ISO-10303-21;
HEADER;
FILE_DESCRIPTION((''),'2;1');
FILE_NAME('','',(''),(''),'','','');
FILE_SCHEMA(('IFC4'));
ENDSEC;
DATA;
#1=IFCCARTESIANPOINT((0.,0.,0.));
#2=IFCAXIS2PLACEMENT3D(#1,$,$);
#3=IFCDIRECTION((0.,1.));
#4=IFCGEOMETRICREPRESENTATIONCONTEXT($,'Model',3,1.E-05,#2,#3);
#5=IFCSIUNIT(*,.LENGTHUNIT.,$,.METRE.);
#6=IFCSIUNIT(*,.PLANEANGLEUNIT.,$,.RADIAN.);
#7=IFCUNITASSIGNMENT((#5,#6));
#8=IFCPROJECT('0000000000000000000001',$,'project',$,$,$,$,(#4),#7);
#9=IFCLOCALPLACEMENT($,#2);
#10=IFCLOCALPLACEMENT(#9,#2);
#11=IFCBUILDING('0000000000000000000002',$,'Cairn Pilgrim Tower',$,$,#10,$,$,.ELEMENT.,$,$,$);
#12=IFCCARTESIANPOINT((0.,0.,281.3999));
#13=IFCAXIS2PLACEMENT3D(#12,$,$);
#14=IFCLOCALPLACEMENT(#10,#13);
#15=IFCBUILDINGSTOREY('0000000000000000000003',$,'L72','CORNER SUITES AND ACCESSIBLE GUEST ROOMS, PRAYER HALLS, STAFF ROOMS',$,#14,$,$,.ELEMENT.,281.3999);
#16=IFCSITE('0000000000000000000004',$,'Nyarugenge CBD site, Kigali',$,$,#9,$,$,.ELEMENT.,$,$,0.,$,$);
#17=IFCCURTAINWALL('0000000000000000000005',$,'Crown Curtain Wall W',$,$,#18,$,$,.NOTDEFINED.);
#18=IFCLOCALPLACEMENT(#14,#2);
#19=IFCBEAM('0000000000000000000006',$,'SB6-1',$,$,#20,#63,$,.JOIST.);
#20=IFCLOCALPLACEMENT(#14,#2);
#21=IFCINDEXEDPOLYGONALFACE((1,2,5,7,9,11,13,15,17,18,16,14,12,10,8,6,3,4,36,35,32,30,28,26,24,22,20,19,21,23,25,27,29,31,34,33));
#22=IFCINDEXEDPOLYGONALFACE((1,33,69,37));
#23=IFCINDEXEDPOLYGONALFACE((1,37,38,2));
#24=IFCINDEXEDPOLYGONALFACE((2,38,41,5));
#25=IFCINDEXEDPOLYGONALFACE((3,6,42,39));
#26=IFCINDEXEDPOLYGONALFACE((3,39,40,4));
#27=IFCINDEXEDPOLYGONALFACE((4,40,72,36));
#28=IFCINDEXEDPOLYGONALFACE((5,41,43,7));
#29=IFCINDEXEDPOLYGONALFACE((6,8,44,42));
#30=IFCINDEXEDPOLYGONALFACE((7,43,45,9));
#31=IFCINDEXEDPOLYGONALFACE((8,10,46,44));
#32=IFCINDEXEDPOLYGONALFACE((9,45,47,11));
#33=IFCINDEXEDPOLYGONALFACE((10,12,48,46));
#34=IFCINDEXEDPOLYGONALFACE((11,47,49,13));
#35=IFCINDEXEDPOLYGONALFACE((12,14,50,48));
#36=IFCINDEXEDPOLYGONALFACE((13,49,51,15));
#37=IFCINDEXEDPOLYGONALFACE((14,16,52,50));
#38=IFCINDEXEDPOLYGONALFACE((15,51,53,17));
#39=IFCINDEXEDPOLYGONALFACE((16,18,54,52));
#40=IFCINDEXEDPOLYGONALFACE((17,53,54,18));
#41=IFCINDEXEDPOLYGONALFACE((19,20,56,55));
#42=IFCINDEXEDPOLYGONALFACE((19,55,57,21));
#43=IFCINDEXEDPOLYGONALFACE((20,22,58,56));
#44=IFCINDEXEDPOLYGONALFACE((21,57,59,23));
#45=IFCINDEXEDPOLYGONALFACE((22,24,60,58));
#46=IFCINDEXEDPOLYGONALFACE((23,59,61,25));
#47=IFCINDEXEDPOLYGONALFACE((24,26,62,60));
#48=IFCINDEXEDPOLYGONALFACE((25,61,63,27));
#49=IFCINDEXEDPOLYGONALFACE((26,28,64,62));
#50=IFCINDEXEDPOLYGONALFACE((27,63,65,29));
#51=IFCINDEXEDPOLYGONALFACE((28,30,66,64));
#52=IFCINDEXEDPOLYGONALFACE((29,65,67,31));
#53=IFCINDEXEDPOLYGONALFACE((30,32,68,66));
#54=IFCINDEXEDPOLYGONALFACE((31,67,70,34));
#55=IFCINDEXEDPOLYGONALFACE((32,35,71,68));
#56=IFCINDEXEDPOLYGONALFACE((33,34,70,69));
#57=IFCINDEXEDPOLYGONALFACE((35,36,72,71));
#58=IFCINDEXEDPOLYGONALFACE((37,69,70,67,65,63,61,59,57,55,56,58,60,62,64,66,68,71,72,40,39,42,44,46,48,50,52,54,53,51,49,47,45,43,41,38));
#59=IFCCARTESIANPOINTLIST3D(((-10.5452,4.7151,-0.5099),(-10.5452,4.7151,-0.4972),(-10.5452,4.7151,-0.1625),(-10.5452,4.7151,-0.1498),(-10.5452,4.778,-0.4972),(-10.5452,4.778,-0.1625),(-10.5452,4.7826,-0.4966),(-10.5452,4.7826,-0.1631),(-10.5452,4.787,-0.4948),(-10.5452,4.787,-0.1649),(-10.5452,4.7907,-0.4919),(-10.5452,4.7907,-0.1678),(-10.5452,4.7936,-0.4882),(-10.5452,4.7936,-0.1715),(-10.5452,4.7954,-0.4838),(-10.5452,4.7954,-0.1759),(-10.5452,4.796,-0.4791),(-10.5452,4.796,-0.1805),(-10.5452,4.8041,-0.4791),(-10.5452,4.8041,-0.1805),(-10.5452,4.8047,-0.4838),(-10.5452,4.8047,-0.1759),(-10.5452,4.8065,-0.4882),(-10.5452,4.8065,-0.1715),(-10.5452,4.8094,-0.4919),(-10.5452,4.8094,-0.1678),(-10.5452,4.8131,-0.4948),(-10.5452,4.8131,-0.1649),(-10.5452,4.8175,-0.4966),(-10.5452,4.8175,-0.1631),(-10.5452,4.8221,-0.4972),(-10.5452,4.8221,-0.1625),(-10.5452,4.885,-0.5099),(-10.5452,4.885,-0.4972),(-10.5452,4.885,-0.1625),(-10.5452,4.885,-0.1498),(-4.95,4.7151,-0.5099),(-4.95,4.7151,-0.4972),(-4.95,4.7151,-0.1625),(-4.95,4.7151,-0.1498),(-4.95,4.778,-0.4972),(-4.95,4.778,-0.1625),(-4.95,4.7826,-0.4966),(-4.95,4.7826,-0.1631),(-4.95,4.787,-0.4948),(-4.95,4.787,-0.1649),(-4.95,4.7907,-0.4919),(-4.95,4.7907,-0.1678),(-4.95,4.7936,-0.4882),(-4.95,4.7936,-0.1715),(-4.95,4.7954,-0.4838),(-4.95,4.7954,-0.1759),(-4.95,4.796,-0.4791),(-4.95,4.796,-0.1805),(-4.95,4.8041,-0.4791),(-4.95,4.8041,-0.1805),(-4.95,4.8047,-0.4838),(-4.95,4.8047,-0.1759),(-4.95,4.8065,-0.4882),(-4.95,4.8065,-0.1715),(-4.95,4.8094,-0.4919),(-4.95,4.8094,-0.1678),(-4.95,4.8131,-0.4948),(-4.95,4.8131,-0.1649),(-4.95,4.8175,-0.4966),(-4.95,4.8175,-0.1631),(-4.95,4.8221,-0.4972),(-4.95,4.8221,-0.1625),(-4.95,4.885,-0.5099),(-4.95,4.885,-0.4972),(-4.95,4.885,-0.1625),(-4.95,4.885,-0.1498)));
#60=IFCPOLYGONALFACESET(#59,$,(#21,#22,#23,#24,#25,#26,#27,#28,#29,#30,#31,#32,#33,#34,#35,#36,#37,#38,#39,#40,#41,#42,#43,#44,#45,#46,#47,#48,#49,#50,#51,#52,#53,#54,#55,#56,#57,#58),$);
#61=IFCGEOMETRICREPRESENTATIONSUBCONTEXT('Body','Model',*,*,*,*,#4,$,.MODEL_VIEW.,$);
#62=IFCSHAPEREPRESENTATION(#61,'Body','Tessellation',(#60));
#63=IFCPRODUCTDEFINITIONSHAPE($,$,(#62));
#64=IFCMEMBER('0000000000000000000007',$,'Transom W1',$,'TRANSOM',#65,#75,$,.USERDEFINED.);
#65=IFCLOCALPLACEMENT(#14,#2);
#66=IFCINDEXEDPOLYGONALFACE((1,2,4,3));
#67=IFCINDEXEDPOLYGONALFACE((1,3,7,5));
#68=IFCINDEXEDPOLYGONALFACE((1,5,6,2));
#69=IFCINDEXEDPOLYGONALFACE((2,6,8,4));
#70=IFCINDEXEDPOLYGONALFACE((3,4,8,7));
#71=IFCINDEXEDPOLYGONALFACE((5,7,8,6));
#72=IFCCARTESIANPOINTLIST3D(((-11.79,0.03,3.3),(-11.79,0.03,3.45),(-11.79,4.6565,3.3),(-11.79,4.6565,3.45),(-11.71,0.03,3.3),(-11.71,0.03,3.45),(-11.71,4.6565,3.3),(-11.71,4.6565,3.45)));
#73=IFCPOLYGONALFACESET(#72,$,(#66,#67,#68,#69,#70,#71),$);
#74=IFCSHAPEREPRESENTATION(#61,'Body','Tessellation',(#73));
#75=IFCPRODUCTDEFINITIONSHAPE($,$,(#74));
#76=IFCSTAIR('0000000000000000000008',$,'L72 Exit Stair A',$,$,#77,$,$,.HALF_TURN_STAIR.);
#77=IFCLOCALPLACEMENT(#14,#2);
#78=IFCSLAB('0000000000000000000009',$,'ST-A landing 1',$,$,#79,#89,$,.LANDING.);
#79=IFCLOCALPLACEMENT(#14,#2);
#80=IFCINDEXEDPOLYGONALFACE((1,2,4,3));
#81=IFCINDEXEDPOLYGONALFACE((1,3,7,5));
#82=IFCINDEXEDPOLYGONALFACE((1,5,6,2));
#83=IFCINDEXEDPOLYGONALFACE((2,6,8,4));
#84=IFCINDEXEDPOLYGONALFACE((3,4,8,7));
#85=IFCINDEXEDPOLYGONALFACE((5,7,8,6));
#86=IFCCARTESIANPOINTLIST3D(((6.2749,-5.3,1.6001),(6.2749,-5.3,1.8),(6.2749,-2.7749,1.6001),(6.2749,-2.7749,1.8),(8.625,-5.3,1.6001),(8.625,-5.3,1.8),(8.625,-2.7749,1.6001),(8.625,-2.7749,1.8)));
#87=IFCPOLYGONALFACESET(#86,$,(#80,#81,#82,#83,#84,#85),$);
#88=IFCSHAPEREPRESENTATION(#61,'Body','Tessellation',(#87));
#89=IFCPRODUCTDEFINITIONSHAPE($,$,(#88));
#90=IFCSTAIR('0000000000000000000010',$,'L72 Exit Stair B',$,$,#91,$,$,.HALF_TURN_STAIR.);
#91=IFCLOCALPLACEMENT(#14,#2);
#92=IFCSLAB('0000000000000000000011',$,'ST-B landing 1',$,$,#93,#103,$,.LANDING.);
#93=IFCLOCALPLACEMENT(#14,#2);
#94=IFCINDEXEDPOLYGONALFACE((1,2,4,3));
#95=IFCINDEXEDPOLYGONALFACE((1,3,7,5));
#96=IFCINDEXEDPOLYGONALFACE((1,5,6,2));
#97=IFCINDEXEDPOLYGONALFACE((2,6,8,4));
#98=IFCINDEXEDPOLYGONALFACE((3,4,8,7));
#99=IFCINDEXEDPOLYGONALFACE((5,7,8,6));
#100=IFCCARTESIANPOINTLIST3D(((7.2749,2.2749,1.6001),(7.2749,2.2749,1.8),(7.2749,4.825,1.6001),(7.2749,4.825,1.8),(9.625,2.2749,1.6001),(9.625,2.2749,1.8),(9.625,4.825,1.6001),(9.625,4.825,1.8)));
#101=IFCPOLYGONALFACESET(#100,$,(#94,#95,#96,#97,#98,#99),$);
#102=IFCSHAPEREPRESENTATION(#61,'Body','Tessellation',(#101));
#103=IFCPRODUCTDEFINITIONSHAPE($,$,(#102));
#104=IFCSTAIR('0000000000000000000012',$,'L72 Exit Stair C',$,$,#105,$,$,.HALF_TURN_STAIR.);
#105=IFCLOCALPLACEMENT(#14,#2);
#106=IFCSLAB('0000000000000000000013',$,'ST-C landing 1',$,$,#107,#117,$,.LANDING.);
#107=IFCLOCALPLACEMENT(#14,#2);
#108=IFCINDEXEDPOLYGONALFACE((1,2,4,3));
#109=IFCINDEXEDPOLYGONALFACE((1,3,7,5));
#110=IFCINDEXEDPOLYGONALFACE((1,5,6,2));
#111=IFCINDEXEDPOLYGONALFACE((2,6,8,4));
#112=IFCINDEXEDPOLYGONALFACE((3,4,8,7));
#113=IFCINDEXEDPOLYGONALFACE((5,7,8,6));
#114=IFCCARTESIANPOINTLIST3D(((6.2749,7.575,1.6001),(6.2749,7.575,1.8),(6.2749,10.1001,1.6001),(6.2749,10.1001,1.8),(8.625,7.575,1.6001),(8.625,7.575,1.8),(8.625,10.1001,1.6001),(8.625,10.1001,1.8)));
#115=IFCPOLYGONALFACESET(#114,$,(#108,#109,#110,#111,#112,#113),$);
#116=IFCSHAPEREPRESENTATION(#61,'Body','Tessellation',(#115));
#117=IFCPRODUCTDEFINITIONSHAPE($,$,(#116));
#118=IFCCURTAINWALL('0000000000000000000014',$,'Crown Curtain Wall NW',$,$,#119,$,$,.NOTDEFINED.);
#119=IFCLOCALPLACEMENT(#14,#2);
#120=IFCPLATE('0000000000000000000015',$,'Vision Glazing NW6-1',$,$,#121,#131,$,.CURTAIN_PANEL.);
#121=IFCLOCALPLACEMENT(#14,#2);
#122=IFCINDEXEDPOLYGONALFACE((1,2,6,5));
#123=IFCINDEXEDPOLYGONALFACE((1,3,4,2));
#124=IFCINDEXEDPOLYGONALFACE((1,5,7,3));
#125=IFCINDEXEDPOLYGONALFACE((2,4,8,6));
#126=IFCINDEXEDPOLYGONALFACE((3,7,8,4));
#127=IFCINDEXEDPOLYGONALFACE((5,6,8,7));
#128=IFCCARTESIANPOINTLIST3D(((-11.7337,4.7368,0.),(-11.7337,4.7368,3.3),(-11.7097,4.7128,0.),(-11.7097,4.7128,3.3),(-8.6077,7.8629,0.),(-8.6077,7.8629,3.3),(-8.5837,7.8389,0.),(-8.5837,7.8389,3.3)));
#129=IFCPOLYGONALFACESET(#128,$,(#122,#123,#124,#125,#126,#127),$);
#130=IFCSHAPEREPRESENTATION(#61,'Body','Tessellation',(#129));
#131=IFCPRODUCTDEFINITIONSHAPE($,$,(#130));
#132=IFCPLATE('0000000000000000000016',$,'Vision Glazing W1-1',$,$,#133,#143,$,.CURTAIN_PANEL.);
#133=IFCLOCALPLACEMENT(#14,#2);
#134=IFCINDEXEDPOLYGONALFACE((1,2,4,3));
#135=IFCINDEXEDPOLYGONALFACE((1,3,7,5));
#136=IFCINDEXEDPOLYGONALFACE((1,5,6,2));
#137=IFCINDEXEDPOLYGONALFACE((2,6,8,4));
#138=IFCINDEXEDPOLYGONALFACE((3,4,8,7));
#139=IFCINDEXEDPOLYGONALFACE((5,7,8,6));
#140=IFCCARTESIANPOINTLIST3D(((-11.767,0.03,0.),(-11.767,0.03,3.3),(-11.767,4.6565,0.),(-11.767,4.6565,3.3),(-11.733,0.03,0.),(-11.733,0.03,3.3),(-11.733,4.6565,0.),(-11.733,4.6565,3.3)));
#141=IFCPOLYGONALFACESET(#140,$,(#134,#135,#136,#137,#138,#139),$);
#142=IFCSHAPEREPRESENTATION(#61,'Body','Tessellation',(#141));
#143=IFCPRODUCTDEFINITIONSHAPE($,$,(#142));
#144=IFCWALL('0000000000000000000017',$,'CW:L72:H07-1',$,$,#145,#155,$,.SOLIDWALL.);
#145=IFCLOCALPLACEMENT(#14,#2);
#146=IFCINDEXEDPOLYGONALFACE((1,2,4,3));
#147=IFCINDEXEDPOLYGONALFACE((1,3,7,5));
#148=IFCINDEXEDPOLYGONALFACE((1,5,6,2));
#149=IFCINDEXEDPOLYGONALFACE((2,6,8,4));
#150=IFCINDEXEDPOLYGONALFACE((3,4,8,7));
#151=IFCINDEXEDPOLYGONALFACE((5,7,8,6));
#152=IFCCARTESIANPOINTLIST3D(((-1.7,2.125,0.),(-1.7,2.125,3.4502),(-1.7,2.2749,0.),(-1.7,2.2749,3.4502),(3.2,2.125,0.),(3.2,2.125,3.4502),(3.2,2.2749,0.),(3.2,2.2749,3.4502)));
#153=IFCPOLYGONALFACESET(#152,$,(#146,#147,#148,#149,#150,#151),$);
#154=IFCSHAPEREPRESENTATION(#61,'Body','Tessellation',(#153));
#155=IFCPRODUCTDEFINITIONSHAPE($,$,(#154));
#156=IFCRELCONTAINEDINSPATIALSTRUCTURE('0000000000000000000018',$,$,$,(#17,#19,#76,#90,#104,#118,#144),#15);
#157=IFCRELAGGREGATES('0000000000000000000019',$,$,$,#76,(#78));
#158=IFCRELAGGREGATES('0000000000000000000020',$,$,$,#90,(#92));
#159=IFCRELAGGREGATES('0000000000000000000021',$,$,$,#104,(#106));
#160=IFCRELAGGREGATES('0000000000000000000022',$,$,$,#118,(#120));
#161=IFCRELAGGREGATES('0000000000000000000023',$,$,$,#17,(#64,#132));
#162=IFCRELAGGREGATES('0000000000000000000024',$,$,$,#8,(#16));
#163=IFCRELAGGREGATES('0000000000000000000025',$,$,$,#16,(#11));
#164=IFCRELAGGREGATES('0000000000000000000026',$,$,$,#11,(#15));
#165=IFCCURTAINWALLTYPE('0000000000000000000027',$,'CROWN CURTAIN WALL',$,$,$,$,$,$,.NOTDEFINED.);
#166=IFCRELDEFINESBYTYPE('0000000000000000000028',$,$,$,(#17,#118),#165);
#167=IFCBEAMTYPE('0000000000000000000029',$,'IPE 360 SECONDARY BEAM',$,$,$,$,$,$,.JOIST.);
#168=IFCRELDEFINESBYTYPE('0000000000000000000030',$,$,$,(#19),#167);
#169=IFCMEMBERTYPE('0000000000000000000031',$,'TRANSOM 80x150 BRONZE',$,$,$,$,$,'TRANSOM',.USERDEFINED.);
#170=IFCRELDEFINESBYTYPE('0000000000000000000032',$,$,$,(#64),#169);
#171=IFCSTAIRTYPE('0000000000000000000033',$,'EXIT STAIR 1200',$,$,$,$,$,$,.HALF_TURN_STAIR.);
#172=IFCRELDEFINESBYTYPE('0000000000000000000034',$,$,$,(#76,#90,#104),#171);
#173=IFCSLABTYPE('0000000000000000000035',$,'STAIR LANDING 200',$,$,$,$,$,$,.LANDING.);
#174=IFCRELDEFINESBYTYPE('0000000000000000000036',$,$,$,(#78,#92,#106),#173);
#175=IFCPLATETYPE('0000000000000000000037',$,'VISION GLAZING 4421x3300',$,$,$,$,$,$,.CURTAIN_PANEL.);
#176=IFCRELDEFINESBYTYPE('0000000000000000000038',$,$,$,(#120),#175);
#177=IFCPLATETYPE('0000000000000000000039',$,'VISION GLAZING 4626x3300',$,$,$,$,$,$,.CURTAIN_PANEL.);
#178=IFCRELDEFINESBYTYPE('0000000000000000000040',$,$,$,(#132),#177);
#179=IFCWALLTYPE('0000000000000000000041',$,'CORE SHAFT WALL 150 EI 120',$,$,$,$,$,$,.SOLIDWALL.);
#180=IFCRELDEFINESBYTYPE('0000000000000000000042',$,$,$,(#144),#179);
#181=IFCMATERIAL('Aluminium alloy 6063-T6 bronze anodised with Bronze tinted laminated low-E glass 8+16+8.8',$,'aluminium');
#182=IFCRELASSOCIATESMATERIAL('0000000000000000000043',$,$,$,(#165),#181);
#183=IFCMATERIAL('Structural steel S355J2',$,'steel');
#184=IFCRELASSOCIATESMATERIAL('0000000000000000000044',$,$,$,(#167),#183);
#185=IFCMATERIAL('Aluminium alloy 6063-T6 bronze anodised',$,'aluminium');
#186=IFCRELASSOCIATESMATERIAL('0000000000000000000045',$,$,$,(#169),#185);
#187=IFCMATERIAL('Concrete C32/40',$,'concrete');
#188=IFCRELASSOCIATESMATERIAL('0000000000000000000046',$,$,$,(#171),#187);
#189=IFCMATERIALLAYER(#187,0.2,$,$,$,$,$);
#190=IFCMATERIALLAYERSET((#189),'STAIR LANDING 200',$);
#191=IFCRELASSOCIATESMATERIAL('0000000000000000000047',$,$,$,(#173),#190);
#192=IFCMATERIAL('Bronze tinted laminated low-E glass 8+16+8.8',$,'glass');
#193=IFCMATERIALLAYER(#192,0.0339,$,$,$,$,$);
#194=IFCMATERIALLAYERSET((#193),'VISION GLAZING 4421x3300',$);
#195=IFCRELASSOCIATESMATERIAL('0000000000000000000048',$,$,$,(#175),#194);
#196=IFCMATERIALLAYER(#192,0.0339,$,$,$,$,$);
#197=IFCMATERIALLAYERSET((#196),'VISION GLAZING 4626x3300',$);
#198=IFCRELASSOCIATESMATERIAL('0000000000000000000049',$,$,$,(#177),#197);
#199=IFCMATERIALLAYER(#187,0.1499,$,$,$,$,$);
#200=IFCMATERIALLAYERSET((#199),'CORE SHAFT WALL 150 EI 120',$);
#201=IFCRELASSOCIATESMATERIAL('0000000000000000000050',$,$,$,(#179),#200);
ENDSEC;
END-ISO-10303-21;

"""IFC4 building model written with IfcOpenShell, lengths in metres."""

from ifc_helpers import new_model, si_unit, direction, frame, frame_2d, origin, origin_2d, place, context, subcontext, project, spatial, polyline, rectangle, i_section, outline, extrude, material, layer, layer_set, material_profile, profile_set, type_object, element, aggregate, save


model = new_model("IFC4")

# Units and contexts
model_context = context("Model", 3, precision=1e-05, world=origin(), true_north=direction((0.0, 1.0)))
body_context = subcontext(model_context, "Body", "Model", "MODEL_VIEW")
ifc_project = project(units=[si_unit("LENGTHUNIT", "METRE"), si_unit("PLANEANGLEUNIT", "RADIAN")], contexts=[model_context])

# Site, building, storey
site_placement = place(None, origin())
site = spatial("IfcSite", under=ifc_project, at=site_placement, Name="Nyarugenge CBD site, Kigali", CompositionType="ELEMENT", RefElevation=0.0)
building_placement = place(site_placement, origin())
building = spatial("IfcBuilding", under=site, at=building_placement, Name="Cairn Pilgrim Tower", CompositionType="ELEMENT")
storey_placement = place(building_placement, frame((0.0, 0.0, 281.3999)))
storey = spatial("IfcBuildingStorey", under=building, at=storey_placement, Name="L72", Description="CORNER SUITES AND ACCESSIBLE GUEST ROOMS, PRAYER HALLS, STAFF ROOMS", CompositionType="ELEMENT", Elevation=281.3999)

# Shared definitions
ifc_material_1 = material(Name="Structural steel S355J2", Category="steel")

# Curtain wall
ifc_material_2 = material(Name="Aluminium alloy 6063-T6 bronze anodised with Bronze tinted laminated low-E glass 8+16+8.8", Category="aluminium")
curtain_wall_type = type_object("IfcCurtainWallType", Name="CROWN CURTAIN WALL", PredefinedType="NOTDEFINED", material=ifc_material_2)
curtain_wall_1_placement = place(storey_placement, origin())
curtain_wall_1 = element("IfcCurtainWall", 1, at=curtain_wall_1_placement, inside=storey, type_object=curtain_wall_type, Name="Crown Curtain Wall W", PredefinedType="NOTDEFINED")
ifc_material_3 = material(Name="Aluminium alloy 6063-T6 bronze anodised", Category="aluminium")

# Beam
ifc_material_profile_1 = material_profile(ifc_material_1, i_section(OverallWidth=0.1699, OverallDepth=0.3601, WebThickness=0.0081, FlangeThickness=0.0127, FilletRadius=0.0181, at=origin_2d()), Name="IPE 360")
ifc_profile_set_1 = profile_set([ifc_material_profile_1], Name="Structural steel S355J2")
beam_type_1 = type_object("IfcBeamType", Name="IPE 360 SECONDARY BEAM", PredefinedType="JOIST", material=ifc_profile_set_1)
beam_1_placement = place(storey_placement, frame((-10.5452, 4.8, -0.3298), z_axis=(1.0, 0.0, 0.0), x_axis=(0.0, 1.0, 0.0)))
element("IfcBeam", 2, at=beam_1_placement, inside=storey, type_object=beam_type_1, Name="SB6-1", PredefinedType="JOIST", context=body_context, shape_type="SweptSolid", body=[
    extrude(i_section(OverallWidth=0.1699, OverallDepth=0.3601, WebThickness=0.0081, FlangeThickness=0.0127, FilletRadius=0.0181, at=origin_2d()), origin(), (0.0, 0.0, 1.0), 5.5952),
])

# Member
ifc_material_profile_2 = material_profile(ifc_material_3, rectangle(XDim=0.0801, YDim=0.1499, at=origin_2d()), Name="TRANSOM 80x150 BRONZE")
ifc_profile_set_2 = profile_set([ifc_material_profile_2], Name="Aluminium alloy 6063-T6 bronze anodised")
member_type_1 = type_object("IfcMemberType", Name="TRANSOM 80x150 BRONZE", ElementType="TRANSOM", PredefinedType="USERDEFINED", material=ifc_profile_set_2)
member_1_placement = place(storey_placement, frame((-11.75, 4.6565, 3.375), z_axis=(0.0, -1.0, 0.0), x_axis=(1.0, 0.0, 0.0)))
member_1 = element("IfcMember", 3, at=member_1_placement, type_object=member_type_1, Name="Transom W1", ObjectType="TRANSOM", PredefinedType="USERDEFINED", context=body_context, shape_type="SweptSolid", body=[
    extrude(rectangle(XDim=0.0801, YDim=0.1499, at=origin_2d()), origin(), (0.0, 0.0, 1.0), 4.6265),
])

# Stairs, slabs
ifc_material_4 = material(Name="Concrete C32/40", Category="concrete")
stair_type = type_object("IfcStairType", Name="EXIT STAIR 1200", PredefinedType="HALF_TURN_STAIR", material=ifc_material_4)
stair_1_placement = place(storey_placement, origin())
stair_1 = element("IfcStair", 4, at=stair_1_placement, inside=storey, type_object=stair_type, Name="L72 Exit Stair A", PredefinedType="HALF_TURN_STAIR")
ifc_layer_1 = layer(ifc_material_4, 0.2)
ifc_layer_set_1 = layer_set([ifc_layer_1], Name="STAIR LANDING 200")
slab_type_1 = type_object("IfcSlabType", Name="STAIR LANDING 200", PredefinedType="LANDING", material=ifc_layer_set_1)
slab_1_placement = place(storey_placement, frame((0.0, 0.0, 1.6001)))
slab_1 = element("IfcSlab", 5, at=slab_1_placement, type_object=slab_type_1, Name="ST-A landing 1", PredefinedType="LANDING", context=body_context, shape_type="SweptSolid", body=[
    extrude(outline(polyline([(8.625, -2.7749), (6.2749, -2.7749), (6.2749, -5.3), (8.625, -5.3), (8.625, -2.7749)])), origin(), (0.0, 0.0, 1.0), 0.2),
])
aggregate(stair_1, [slab_1])
stair_2_placement = place(storey_placement, origin())
stair_2 = element("IfcStair", 6, at=stair_2_placement, inside=storey, type_object=stair_type, Name="L72 Exit Stair B", PredefinedType="HALF_TURN_STAIR")
slab_2_placement = place(storey_placement, frame((0.0, 0.0, 1.6001)))
slab_2 = element("IfcSlab", 7, at=slab_2_placement, type_object=slab_type_1, Name="ST-B landing 1", PredefinedType="LANDING", context=body_context, shape_type="SweptSolid", body=[
    extrude(outline(polyline([(7.2749, 2.2749), (9.625, 2.2749), (9.625, 4.825), (7.2749, 4.825), (7.2749, 2.2749)])), origin(), (0.0, 0.0, 1.0), 0.2),
])
aggregate(stair_2, [slab_2])
stair_3_placement = place(storey_placement, origin())
stair_3 = element("IfcStair", 8, at=stair_3_placement, inside=storey, type_object=stair_type, Name="L72 Exit Stair C", PredefinedType="HALF_TURN_STAIR")
slab_3_placement = place(storey_placement, frame((0.0, 0.0, 1.6001)))
slab_3 = element("IfcSlab", 9, at=slab_3_placement, type_object=slab_type_1, Name="ST-C landing 1", PredefinedType="LANDING", context=body_context, shape_type="SweptSolid", body=[
    extrude(outline(polyline([(8.625, 10.1001), (6.2749, 10.1001), (6.2749, 7.575), (8.625, 7.575), (8.625, 10.1001)])), origin(), (0.0, 0.0, 1.0), 0.2),
])
aggregate(stair_3, [slab_3])

# Curtain wall, plate
curtain_wall_2_placement = place(storey_placement, origin())
curtain_wall_2 = element("IfcCurtainWall", 10, at=curtain_wall_2_placement, inside=storey, type_object=curtain_wall_type, Name="Crown Curtain Wall NW", PredefinedType="NOTDEFINED")
ifc_material_5 = material(Name="Bronze tinted laminated low-E glass 8+16+8.8", Category="glass")
ifc_layer_2 = layer(ifc_material_5, 0.0339)
ifc_layer_set_2 = layer_set([ifc_layer_2], Name="VISION GLAZING 4421x3300")
plate_type_1 = type_object("IfcPlateType", Name="VISION GLAZING 4421x3300", PredefinedType="CURTAIN_PANEL", material=ifc_layer_set_2)
plate_1_placement = place(storey_placement, frame((-10.1587, 6.2878, 0.0), z_axis=(0.0, 0.0, 1.0), x_axis=(-0.707107, -0.707107, 0.0)))
plate_1 = element("IfcPlate", 11, at=plate_1_placement, type_object=plate_type_1, Name="Vision Glazing NW6-1", PredefinedType="CURTAIN_PANEL", context=body_context, shape_type="SweptSolid", body=[
    extrude(rectangle(XDim=4.4209, YDim=0.0339, at=origin_2d()), origin(), (0.0, 0.0, 1.0), 3.3),
])
aggregate(curtain_wall_2, [plate_1])

# Plate
ifc_layer_3 = layer(ifc_material_5, 0.0339)
ifc_layer_set_3 = layer_set([ifc_layer_3], Name="VISION GLAZING 4626x3300")
plate_type_2 = type_object("IfcPlateType", Name="VISION GLAZING 4626x3300", PredefinedType="CURTAIN_PANEL", material=ifc_layer_set_3)
plate_2_placement = place(storey_placement, frame((-11.75, 2.3433, 0.0), z_axis=(0.0, 0.0, 1.0), x_axis=(0.0, -1.0, 0.0)))
plate_2 = element("IfcPlate", 12, at=plate_2_placement, type_object=plate_type_2, Name="Vision Glazing W1-1", PredefinedType="CURTAIN_PANEL", context=body_context, shape_type="SweptSolid", body=[
    extrude(rectangle(XDim=4.6265, YDim=0.0339, at=origin_2d()), origin(), (0.0, 0.0, 1.0), 3.3),
])
aggregate(curtain_wall_1, [member_1, plate_2])

# Wall
ifc_layer_4 = layer(ifc_material_4, 0.1499)
ifc_layer_set_4 = layer_set([ifc_layer_4], Name="CORE SHAFT WALL 150 EI 120")
wall_type_1 = type_object("IfcWallType", Name="CORE SHAFT WALL 150 EI 120", PredefinedType="SOLIDWALL", material=ifc_layer_set_4)
wall_1_placement = place(storey_placement, frame((-1.7, 2.2, 0.0), z_axis=(0.0, 0.0, 1.0), x_axis=(1.0, 0.0, 0.0)))
element("IfcWall", 13, at=wall_1_placement, inside=storey, type_object=wall_type_1, Name="CW:L72:H07-1", PredefinedType="SOLIDWALL", context=body_context, shape_type="SweptSolid", body=[
    extrude(rectangle(XDim=4.8999, YDim=0.1499, at=frame_2d((2.45, 0.0))), origin(), (0.0, 0.0, 1.0), 3.4502),
])

save(model, "model.ifc")
